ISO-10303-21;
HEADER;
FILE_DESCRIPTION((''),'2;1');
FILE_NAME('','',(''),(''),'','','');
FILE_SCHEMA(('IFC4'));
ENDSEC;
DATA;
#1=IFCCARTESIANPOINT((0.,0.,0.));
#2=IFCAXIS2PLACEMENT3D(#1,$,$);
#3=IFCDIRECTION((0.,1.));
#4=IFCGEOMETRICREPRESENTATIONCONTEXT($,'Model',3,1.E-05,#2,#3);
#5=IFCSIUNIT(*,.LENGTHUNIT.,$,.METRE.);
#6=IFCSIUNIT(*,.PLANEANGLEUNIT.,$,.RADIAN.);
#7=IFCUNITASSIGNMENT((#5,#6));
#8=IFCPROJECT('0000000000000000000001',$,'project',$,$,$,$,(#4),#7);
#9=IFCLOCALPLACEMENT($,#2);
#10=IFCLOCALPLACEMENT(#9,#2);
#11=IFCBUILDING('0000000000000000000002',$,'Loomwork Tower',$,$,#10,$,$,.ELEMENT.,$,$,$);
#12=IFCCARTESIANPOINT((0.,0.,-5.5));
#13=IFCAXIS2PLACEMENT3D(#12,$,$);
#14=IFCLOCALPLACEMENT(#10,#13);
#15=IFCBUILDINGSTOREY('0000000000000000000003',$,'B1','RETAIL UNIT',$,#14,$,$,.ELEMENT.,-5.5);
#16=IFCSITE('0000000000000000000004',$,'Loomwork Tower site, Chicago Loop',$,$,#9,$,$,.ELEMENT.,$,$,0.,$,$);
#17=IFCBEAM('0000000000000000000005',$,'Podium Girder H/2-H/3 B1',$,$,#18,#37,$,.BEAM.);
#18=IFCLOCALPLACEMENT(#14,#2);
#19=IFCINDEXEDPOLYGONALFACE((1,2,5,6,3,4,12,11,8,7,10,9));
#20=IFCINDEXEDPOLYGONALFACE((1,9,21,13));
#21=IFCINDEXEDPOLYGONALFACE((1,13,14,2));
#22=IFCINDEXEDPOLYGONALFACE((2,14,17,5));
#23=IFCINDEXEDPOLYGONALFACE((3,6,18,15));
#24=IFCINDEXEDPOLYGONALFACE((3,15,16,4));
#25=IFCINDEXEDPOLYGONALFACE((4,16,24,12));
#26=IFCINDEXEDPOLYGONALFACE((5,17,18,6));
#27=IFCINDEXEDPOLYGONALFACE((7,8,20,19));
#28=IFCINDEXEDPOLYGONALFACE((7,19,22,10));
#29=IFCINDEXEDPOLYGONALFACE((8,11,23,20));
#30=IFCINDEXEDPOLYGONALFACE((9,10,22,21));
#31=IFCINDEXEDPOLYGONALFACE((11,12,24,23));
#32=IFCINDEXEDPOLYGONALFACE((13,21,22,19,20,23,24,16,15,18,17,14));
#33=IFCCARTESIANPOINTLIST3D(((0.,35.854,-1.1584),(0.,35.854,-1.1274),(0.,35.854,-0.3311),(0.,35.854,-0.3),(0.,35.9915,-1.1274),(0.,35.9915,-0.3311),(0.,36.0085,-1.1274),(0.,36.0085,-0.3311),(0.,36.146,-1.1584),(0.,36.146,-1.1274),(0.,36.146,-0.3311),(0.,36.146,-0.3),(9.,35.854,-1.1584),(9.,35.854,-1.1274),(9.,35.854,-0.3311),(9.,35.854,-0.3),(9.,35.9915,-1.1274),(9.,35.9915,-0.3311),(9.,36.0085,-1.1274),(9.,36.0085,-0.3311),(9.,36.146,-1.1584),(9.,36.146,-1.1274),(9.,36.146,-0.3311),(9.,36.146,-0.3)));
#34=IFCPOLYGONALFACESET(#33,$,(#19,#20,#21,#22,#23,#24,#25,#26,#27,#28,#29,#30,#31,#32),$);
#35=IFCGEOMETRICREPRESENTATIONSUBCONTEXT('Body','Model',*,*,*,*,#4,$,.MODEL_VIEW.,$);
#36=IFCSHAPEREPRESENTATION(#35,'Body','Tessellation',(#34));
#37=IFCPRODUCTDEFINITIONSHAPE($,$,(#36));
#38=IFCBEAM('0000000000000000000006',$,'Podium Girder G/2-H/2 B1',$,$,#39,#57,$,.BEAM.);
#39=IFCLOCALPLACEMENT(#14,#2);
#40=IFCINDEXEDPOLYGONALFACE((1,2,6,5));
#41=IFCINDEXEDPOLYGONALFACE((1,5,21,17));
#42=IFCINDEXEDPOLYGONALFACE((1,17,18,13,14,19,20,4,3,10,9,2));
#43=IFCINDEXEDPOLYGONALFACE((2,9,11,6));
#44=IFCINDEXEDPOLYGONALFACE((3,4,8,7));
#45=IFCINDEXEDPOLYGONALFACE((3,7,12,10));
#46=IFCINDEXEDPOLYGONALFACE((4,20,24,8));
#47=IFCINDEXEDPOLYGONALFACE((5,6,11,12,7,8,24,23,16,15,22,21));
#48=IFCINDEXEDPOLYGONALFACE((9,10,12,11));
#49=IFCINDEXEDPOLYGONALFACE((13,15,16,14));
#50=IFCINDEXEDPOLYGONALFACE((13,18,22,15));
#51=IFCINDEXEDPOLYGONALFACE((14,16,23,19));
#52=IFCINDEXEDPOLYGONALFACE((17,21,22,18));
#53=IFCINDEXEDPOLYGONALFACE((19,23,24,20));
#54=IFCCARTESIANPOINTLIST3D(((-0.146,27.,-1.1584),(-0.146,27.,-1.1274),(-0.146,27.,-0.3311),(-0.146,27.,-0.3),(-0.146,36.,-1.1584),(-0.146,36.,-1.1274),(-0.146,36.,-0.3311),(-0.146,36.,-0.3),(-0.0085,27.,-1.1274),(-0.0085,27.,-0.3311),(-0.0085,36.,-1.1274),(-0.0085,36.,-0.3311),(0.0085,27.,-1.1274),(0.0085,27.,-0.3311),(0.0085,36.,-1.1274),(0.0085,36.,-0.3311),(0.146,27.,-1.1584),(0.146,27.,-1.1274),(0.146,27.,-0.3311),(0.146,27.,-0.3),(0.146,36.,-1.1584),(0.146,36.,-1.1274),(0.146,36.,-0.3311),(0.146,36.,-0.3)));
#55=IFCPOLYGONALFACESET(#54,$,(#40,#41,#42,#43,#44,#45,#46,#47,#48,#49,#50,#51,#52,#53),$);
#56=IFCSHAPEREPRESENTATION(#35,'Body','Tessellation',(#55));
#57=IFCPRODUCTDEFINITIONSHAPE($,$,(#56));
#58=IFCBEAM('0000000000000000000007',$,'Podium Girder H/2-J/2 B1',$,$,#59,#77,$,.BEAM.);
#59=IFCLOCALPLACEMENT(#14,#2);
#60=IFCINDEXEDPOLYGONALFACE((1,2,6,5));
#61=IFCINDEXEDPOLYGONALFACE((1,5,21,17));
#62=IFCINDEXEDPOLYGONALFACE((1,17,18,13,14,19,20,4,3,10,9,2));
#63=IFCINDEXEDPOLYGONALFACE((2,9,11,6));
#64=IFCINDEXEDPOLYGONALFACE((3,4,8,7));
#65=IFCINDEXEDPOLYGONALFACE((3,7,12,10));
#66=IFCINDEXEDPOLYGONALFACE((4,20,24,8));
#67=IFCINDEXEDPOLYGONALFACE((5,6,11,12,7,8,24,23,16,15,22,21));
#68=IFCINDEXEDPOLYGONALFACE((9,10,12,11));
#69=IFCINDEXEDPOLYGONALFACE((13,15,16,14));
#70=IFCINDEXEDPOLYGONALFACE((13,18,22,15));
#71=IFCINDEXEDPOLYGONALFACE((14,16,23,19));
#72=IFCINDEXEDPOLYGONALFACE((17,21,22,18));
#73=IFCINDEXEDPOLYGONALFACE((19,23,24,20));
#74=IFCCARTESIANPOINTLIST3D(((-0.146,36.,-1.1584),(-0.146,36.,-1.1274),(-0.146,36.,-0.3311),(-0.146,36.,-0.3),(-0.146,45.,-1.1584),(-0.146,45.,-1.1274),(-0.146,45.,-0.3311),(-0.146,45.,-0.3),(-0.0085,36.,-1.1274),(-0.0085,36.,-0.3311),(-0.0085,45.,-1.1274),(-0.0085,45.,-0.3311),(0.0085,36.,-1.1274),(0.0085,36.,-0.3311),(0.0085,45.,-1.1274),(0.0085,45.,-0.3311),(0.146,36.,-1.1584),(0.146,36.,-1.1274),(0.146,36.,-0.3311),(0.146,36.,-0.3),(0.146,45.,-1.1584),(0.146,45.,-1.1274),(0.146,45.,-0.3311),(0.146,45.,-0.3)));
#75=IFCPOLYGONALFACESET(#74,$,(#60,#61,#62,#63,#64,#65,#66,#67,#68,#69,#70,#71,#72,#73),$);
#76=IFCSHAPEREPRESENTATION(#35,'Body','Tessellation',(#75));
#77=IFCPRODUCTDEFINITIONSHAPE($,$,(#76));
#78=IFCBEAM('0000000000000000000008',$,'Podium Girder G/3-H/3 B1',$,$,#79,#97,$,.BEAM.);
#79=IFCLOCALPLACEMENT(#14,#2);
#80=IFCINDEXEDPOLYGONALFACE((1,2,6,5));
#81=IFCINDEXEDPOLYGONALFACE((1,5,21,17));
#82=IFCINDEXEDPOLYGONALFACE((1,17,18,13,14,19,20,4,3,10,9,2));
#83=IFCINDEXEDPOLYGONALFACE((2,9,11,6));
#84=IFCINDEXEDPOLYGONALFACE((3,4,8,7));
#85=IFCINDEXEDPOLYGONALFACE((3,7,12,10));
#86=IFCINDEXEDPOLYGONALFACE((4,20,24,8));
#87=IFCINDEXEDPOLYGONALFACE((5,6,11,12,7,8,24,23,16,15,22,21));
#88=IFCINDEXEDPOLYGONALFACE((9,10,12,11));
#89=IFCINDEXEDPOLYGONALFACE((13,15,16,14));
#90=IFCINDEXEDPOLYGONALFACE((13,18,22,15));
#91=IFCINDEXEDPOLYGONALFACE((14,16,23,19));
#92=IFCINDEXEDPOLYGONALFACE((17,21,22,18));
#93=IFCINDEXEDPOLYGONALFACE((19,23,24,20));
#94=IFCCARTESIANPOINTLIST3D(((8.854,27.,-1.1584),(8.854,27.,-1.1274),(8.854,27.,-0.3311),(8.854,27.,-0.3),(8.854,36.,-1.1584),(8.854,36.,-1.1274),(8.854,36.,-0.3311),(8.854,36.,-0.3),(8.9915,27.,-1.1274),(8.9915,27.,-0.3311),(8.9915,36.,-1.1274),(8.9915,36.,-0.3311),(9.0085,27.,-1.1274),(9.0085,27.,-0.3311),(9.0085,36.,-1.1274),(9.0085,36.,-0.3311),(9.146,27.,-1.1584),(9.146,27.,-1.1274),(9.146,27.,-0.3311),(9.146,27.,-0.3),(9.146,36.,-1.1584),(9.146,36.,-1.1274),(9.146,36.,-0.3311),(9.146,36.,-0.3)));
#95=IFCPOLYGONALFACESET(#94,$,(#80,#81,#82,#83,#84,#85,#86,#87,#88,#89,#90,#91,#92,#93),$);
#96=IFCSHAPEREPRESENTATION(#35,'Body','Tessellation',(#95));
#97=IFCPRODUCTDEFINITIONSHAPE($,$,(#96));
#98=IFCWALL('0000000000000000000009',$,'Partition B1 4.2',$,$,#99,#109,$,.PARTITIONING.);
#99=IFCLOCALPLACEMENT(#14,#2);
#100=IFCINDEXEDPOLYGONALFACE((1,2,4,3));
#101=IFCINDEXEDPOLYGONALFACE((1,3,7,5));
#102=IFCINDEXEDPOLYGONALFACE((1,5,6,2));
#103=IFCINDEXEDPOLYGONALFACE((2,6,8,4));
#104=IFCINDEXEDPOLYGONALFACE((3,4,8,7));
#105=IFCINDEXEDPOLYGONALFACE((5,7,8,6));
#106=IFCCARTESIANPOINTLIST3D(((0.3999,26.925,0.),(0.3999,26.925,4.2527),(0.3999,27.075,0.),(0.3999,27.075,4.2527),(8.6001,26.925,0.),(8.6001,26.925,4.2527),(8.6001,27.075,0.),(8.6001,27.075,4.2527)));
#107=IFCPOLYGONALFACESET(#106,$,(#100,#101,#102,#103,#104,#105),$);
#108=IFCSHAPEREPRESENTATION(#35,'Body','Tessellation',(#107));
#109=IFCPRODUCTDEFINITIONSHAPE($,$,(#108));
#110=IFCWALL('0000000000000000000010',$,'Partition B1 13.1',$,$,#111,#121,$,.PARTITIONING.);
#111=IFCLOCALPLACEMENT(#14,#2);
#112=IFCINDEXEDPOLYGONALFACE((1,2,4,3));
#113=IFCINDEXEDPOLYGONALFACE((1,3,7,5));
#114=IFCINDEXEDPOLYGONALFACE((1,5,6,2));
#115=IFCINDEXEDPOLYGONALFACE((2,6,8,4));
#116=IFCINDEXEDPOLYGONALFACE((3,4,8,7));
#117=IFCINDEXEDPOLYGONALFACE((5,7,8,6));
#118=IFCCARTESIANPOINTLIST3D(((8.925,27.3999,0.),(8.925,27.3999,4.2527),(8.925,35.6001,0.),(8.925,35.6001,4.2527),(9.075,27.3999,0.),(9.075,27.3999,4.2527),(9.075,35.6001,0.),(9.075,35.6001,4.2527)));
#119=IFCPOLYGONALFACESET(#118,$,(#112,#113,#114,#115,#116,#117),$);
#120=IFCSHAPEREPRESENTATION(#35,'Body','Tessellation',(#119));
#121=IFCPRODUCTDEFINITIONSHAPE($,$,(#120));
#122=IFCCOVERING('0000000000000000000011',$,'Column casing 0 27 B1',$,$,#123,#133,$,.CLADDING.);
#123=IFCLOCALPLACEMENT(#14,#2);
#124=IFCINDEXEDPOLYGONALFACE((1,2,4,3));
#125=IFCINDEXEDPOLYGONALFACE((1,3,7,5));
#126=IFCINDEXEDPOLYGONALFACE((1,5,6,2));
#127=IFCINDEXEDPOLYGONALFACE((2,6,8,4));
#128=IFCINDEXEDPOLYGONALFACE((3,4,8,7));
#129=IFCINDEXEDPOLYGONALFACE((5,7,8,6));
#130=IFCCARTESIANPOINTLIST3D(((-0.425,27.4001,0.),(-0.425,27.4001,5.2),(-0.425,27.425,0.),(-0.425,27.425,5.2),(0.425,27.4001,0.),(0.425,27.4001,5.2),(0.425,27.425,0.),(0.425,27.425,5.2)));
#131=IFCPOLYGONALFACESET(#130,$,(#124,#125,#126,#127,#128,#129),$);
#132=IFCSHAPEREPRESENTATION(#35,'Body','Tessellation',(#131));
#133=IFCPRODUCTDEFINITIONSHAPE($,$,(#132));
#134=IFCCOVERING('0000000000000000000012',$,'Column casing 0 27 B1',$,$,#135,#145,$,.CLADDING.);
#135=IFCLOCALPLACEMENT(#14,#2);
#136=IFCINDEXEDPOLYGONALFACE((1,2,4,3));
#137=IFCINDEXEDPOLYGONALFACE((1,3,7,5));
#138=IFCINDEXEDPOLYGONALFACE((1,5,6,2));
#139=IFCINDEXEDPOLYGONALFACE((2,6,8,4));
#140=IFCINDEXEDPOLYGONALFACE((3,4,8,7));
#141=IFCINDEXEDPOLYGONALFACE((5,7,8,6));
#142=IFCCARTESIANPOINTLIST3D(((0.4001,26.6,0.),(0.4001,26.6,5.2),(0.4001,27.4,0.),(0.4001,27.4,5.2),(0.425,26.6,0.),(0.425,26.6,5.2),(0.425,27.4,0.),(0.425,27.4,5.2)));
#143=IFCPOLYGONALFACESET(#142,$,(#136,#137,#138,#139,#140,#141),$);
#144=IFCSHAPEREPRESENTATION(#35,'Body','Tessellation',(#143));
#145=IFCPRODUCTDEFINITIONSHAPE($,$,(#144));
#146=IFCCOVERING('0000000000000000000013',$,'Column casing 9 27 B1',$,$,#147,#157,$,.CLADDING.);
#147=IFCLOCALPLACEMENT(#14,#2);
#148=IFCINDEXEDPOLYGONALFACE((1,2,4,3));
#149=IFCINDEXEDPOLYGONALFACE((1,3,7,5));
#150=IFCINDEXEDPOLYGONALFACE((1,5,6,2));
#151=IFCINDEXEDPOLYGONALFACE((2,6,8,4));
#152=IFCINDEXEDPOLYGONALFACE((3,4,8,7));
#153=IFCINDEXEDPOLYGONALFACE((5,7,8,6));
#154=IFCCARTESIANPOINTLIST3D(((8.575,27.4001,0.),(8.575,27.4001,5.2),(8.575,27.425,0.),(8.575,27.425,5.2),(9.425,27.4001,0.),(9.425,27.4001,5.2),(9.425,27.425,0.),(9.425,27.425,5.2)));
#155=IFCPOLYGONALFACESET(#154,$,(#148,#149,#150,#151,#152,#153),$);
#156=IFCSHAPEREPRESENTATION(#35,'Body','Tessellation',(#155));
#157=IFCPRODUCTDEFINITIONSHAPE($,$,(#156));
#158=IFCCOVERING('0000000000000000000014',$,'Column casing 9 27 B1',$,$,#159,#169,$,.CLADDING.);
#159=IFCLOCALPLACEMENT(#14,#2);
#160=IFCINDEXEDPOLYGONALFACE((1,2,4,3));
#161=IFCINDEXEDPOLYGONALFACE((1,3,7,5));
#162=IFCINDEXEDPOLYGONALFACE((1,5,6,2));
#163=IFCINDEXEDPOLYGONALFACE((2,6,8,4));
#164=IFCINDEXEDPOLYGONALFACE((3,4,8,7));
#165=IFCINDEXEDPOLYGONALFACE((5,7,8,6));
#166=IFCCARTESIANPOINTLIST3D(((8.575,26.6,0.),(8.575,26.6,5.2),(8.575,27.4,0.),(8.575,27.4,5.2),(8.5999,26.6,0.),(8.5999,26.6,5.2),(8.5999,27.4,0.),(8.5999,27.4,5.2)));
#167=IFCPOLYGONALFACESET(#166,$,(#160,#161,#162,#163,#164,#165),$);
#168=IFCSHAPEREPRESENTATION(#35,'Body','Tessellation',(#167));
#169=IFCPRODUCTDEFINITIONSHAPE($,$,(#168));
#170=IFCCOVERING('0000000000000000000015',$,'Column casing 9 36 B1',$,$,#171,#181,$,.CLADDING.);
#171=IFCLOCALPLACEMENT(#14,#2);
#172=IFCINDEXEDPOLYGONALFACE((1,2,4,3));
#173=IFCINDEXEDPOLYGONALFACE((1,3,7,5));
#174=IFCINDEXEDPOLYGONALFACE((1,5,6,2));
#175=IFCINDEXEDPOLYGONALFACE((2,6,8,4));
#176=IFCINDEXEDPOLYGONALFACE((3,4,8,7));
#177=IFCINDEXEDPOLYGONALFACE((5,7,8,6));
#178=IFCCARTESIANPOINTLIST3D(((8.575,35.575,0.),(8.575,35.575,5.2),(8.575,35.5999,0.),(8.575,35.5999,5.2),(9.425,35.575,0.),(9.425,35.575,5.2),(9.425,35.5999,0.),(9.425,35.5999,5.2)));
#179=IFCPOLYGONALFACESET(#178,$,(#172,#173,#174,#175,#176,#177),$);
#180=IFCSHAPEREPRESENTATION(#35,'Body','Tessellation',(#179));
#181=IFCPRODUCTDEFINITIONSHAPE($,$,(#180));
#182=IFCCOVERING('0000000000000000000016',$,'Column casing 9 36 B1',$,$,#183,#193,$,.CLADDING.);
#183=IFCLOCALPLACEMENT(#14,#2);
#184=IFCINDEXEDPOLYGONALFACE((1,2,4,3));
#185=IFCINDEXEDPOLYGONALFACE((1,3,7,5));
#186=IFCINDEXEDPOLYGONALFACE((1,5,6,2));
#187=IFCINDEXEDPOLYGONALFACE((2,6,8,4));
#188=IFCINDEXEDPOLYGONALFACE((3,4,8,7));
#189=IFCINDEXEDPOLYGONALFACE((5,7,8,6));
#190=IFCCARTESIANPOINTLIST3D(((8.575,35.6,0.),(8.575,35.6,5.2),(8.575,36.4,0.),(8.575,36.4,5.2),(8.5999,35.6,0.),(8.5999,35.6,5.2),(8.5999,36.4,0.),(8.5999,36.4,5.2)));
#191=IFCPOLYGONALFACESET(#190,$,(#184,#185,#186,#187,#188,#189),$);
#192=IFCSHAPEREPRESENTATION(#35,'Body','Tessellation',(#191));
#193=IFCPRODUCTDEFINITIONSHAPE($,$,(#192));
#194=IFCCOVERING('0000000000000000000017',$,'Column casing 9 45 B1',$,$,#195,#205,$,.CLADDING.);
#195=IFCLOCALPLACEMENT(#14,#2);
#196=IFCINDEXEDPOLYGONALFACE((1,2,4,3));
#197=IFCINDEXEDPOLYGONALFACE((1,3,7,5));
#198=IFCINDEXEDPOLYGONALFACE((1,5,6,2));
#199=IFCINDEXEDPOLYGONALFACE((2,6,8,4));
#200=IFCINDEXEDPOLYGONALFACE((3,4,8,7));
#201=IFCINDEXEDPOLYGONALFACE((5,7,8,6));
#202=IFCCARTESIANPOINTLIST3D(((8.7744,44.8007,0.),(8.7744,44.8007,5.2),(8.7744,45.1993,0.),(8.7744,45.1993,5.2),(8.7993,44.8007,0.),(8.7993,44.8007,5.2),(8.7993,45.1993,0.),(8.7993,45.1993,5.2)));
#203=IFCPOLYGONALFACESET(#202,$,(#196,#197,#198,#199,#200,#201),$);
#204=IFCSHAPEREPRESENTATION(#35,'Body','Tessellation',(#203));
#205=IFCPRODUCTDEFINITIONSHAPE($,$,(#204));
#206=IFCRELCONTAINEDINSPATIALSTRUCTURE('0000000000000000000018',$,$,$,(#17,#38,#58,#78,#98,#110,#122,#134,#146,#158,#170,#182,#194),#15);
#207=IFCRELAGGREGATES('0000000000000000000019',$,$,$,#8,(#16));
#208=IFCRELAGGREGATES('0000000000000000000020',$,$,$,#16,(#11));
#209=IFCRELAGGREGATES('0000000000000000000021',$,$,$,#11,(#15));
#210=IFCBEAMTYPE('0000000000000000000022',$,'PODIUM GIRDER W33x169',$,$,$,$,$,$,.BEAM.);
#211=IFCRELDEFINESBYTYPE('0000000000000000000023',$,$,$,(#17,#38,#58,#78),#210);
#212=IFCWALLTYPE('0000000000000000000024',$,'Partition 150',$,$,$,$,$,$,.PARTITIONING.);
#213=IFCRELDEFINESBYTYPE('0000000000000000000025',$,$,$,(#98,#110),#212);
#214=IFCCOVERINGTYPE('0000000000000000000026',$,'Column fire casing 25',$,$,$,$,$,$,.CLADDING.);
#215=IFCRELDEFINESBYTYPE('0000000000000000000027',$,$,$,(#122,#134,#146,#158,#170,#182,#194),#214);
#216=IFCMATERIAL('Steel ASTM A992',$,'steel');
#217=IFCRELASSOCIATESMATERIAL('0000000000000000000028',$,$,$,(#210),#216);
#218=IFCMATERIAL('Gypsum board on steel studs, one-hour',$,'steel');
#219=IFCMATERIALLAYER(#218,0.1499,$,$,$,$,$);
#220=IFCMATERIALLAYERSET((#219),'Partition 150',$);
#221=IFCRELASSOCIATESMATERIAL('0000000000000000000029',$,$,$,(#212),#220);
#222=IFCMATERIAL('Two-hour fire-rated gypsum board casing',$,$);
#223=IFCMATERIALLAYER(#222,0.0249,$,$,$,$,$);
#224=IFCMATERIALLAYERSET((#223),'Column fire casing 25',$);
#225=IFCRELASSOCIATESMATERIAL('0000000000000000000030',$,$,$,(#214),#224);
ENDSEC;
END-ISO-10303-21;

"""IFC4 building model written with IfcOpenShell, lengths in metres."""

from ifc_helpers import new_model, si_unit, direction, frame, frame_2d, origin, origin_2d, place, context, subcontext, project, spatial, rectangle, i_section, extrude, material, layer, layer_set, material_profile, profile_set, type_object, element, save


model = new_model("IFC4")

# Units and contexts
model_context = context("Model", 3, precision=1e-05, world=origin(), true_north=direction((0.0, 1.0)))
body_context = subcontext(model_context, "Body", "Model", "MODEL_VIEW")
ifc_project = project(units=[si_unit("LENGTHUNIT", "METRE"), si_unit("PLANEANGLEUNIT", "RADIAN")], contexts=[model_context])

# Site, building, storey
site_placement = place(None, origin())
site = spatial("IfcSite", under=ifc_project, at=site_placement, Name="Loomwork Tower site, Chicago Loop", CompositionType="ELEMENT", RefElevation=0.0)
building_placement = place(site_placement, origin())
building = spatial("IfcBuilding", under=site, at=building_placement, Name="Loomwork Tower", CompositionType="ELEMENT")
storey_placement = place(building_placement, frame((0.0, 0.0, -5.5)))
storey = spatial("IfcBuildingStorey", under=building, at=storey_placement, Name="B1", Description="RETAIL UNIT", CompositionType="ELEMENT", Elevation=-5.5)

# Beams
ifc_material_1 = material(Name="Steel ASTM A992", Category="steel")
ifc_material_profile_1 = material_profile(ifc_material_1, i_section(OverallWidth=0.292, OverallDepth=0.8584, WebThickness=0.0171, FlangeThickness=0.031, at=origin_2d()), Name="W33x169")
ifc_profile_set_1 = profile_set([ifc_material_profile_1], Name="Steel ASTM A992")
beam_type_1 = type_object("IfcBeamType", Name="PODIUM GIRDER W33x169", PredefinedType="BEAM", material=ifc_profile_set_1)
for number, where, z_axis, x_axis, name in (
    (1, (0.0, 36.0, -0.7292), (1.0, 0.0, 0.0), (0.0, 1.0, 0.0), "Podium Girder H/2-H/3 B1"),
    (2, (0.0, 27.0, -0.7292), (0.0, 1.0, 0.0), (-1.0, 0.0, 0.0), "Podium Girder G/2-H/2 B1"),
    (3, (0.0, 36.0, -0.7292), (0.0, 1.0, 0.0), (-1.0, 0.0, 0.0), "Podium Girder H/2-J/2 B1"),
    (4, (9.0, 27.0, -0.7292), (0.0, 1.0, 0.0), (-1.0, 0.0, 0.0), "Podium Girder G/3-H/3 B1"),
):
    element("IfcBeam", number, at=place(storey_placement, frame(where, z_axis=z_axis, x_axis=x_axis)), inside=storey, type_object=beam_type_1, Name=name, PredefinedType="BEAM", context=body_context, shape_type="SweptSolid", body=[
        extrude(i_section(OverallWidth=0.292, OverallDepth=0.8584, WebThickness=0.0171, FlangeThickness=0.031, at=origin_2d()), origin(), (0.0, 0.0, 1.0), 9.0),
    ])

# Walls
ifc_material_2 = material(Name="Gypsum board on steel studs, one-hour", Category="steel")
ifc_layer_1 = layer(ifc_material_2, 0.1499)
ifc_layer_set_1 = layer_set([ifc_layer_1], Name="Partition 150")
wall_type = type_object("IfcWallType", Name="Partition 150", PredefinedType="PARTITIONING", material=ifc_layer_set_1)
for number, where, z_axis, x_axis, name in (
    (5, (0.3999, 27.0, 0.0), (0.0, 0.0, 1.0), (1.0, 0.0, 0.0), "Partition B1 4.2"),
    (6, (9.0, 27.3999, 0.0), (0.0, 0.0, 1.0), (0.0, 1.0, 0.0), "Partition B1 13.1"),
):
    element("IfcWall", number, at=place(storey_placement, frame(where, z_axis=z_axis, x_axis=x_axis)), inside=storey, type_object=wall_type, Name=name, PredefinedType="PARTITIONING", context=body_context, shape_type="SweptSolid", body=[
        extrude(rectangle(XDim=8.2002, YDim=0.1499, at=frame_2d((4.1001, 0.0))), origin(), (0.0, 0.0, 1.0), 4.2527),
    ])

# Coverings
ifc_material_3 = material(Name="Two-hour fire-rated gypsum board casing")
ifc_layer_2 = layer(ifc_material_3, 0.0249)
ifc_layer_set_2 = layer_set([ifc_layer_2], Name="Column fire casing 25")
covering_type = type_object("IfcCoveringType", Name="Column fire casing 25", PredefinedType="CLADDING", material=ifc_layer_set_2)
covering_1_placement = place(storey_placement, frame((0.0, 27.4126, 0.0), z_axis=(0.0, 0.0, 1.0), x_axis=(1.0, 0.0, 0.0)))
element("IfcCovering", 7, at=covering_1_placement, inside=storey, type_object=covering_type, Name="Column casing 0 27 B1", PredefinedType="CLADDING", context=body_context, shape_type="SweptSolid", body=[
    extrude(rectangle(XDim=0.8501, YDim=0.0249, at=origin_2d()), origin(), (0.0, 0.0, 1.0), 5.2),
])
covering_2_placement = place(storey_placement, frame((0.4126, 27.0, 0.0), z_axis=(0.0, 0.0, 1.0), x_axis=(1.0, 0.0, 0.0)))
element("IfcCovering", 8, at=covering_2_placement, inside=storey, type_object=covering_type, Name="Column casing 0 27 B1", PredefinedType="CLADDING", context=body_context, shape_type="SweptSolid", body=[
    extrude(rectangle(XDim=0.0249, YDim=0.8, at=origin_2d()), origin(), (0.0, 0.0, 1.0), 5.2),
])
covering_3_placement = place(storey_placement, frame((9.0, 27.4126, 0.0), z_axis=(0.0, 0.0, 1.0), x_axis=(1.0, 0.0, 0.0)))
element("IfcCovering", 9, at=covering_3_placement, inside=storey, type_object=covering_type, Name="Column casing 9 27 B1", PredefinedType="CLADDING", context=body_context, shape_type="SweptSolid", body=[
    extrude(rectangle(XDim=0.8501, YDim=0.0249, at=origin_2d()), origin(), (0.0, 0.0, 1.0), 5.2),
])
covering_4_placement = place(storey_placement, frame((8.5874, 27.0, 0.0), z_axis=(0.0, 0.0, 1.0), x_axis=(1.0, 0.0, 0.0)))
element("IfcCovering", 10, at=covering_4_placement, inside=storey, type_object=covering_type, Name="Column casing 9 27 B1", PredefinedType="CLADDING", context=body_context, shape_type="SweptSolid", body=[
    extrude(rectangle(XDim=0.0249, YDim=0.8, at=origin_2d()), origin(), (0.0, 0.0, 1.0), 5.2),
])
covering_5_placement = place(storey_placement, frame((9.0, 35.5874, 0.0), z_axis=(0.0, 0.0, 1.0), x_axis=(1.0, 0.0, 0.0)))
element("IfcCovering", 11, at=covering_5_placement, inside=storey, type_object=covering_type, Name="Column casing 9 36 B1", PredefinedType="CLADDING", context=body_context, shape_type="SweptSolid", body=[
    extrude(rectangle(XDim=0.8501, YDim=0.0249, at=origin_2d()), origin(), (0.0, 0.0, 1.0), 5.2),
])
covering_6_placement = place(storey_placement, frame((8.5874, 36.0, 0.0), z_axis=(0.0, 0.0, 1.0), x_axis=(1.0, 0.0, 0.0)))
element("IfcCovering", 12, at=covering_6_placement, inside=storey, type_object=covering_type, Name="Column casing 9 36 B1", PredefinedType="CLADDING", context=body_context, shape_type="SweptSolid", body=[
    extrude(rectangle(XDim=0.0249, YDim=0.8, at=origin_2d()), origin(), (0.0, 0.0, 1.0), 5.2),
])
covering_7_placement = place(storey_placement, frame((8.7869, 45.0, 0.0), z_axis=(0.0, 0.0, 1.0), x_axis=(1.0, 0.0, 0.0)))
element("IfcCovering", 13, at=covering_7_placement, inside=storey, type_object=covering_type, Name="Column casing 9 45 B1", PredefinedType="CLADDING", context=body_context, shape_type="SweptSolid", body=[
    extrude(rectangle(XDim=0.0249, YDim=0.3987, at=origin_2d()), origin(), (0.0, 0.0, 1.0), 5.2),
])

save(model, "model.ifc")
